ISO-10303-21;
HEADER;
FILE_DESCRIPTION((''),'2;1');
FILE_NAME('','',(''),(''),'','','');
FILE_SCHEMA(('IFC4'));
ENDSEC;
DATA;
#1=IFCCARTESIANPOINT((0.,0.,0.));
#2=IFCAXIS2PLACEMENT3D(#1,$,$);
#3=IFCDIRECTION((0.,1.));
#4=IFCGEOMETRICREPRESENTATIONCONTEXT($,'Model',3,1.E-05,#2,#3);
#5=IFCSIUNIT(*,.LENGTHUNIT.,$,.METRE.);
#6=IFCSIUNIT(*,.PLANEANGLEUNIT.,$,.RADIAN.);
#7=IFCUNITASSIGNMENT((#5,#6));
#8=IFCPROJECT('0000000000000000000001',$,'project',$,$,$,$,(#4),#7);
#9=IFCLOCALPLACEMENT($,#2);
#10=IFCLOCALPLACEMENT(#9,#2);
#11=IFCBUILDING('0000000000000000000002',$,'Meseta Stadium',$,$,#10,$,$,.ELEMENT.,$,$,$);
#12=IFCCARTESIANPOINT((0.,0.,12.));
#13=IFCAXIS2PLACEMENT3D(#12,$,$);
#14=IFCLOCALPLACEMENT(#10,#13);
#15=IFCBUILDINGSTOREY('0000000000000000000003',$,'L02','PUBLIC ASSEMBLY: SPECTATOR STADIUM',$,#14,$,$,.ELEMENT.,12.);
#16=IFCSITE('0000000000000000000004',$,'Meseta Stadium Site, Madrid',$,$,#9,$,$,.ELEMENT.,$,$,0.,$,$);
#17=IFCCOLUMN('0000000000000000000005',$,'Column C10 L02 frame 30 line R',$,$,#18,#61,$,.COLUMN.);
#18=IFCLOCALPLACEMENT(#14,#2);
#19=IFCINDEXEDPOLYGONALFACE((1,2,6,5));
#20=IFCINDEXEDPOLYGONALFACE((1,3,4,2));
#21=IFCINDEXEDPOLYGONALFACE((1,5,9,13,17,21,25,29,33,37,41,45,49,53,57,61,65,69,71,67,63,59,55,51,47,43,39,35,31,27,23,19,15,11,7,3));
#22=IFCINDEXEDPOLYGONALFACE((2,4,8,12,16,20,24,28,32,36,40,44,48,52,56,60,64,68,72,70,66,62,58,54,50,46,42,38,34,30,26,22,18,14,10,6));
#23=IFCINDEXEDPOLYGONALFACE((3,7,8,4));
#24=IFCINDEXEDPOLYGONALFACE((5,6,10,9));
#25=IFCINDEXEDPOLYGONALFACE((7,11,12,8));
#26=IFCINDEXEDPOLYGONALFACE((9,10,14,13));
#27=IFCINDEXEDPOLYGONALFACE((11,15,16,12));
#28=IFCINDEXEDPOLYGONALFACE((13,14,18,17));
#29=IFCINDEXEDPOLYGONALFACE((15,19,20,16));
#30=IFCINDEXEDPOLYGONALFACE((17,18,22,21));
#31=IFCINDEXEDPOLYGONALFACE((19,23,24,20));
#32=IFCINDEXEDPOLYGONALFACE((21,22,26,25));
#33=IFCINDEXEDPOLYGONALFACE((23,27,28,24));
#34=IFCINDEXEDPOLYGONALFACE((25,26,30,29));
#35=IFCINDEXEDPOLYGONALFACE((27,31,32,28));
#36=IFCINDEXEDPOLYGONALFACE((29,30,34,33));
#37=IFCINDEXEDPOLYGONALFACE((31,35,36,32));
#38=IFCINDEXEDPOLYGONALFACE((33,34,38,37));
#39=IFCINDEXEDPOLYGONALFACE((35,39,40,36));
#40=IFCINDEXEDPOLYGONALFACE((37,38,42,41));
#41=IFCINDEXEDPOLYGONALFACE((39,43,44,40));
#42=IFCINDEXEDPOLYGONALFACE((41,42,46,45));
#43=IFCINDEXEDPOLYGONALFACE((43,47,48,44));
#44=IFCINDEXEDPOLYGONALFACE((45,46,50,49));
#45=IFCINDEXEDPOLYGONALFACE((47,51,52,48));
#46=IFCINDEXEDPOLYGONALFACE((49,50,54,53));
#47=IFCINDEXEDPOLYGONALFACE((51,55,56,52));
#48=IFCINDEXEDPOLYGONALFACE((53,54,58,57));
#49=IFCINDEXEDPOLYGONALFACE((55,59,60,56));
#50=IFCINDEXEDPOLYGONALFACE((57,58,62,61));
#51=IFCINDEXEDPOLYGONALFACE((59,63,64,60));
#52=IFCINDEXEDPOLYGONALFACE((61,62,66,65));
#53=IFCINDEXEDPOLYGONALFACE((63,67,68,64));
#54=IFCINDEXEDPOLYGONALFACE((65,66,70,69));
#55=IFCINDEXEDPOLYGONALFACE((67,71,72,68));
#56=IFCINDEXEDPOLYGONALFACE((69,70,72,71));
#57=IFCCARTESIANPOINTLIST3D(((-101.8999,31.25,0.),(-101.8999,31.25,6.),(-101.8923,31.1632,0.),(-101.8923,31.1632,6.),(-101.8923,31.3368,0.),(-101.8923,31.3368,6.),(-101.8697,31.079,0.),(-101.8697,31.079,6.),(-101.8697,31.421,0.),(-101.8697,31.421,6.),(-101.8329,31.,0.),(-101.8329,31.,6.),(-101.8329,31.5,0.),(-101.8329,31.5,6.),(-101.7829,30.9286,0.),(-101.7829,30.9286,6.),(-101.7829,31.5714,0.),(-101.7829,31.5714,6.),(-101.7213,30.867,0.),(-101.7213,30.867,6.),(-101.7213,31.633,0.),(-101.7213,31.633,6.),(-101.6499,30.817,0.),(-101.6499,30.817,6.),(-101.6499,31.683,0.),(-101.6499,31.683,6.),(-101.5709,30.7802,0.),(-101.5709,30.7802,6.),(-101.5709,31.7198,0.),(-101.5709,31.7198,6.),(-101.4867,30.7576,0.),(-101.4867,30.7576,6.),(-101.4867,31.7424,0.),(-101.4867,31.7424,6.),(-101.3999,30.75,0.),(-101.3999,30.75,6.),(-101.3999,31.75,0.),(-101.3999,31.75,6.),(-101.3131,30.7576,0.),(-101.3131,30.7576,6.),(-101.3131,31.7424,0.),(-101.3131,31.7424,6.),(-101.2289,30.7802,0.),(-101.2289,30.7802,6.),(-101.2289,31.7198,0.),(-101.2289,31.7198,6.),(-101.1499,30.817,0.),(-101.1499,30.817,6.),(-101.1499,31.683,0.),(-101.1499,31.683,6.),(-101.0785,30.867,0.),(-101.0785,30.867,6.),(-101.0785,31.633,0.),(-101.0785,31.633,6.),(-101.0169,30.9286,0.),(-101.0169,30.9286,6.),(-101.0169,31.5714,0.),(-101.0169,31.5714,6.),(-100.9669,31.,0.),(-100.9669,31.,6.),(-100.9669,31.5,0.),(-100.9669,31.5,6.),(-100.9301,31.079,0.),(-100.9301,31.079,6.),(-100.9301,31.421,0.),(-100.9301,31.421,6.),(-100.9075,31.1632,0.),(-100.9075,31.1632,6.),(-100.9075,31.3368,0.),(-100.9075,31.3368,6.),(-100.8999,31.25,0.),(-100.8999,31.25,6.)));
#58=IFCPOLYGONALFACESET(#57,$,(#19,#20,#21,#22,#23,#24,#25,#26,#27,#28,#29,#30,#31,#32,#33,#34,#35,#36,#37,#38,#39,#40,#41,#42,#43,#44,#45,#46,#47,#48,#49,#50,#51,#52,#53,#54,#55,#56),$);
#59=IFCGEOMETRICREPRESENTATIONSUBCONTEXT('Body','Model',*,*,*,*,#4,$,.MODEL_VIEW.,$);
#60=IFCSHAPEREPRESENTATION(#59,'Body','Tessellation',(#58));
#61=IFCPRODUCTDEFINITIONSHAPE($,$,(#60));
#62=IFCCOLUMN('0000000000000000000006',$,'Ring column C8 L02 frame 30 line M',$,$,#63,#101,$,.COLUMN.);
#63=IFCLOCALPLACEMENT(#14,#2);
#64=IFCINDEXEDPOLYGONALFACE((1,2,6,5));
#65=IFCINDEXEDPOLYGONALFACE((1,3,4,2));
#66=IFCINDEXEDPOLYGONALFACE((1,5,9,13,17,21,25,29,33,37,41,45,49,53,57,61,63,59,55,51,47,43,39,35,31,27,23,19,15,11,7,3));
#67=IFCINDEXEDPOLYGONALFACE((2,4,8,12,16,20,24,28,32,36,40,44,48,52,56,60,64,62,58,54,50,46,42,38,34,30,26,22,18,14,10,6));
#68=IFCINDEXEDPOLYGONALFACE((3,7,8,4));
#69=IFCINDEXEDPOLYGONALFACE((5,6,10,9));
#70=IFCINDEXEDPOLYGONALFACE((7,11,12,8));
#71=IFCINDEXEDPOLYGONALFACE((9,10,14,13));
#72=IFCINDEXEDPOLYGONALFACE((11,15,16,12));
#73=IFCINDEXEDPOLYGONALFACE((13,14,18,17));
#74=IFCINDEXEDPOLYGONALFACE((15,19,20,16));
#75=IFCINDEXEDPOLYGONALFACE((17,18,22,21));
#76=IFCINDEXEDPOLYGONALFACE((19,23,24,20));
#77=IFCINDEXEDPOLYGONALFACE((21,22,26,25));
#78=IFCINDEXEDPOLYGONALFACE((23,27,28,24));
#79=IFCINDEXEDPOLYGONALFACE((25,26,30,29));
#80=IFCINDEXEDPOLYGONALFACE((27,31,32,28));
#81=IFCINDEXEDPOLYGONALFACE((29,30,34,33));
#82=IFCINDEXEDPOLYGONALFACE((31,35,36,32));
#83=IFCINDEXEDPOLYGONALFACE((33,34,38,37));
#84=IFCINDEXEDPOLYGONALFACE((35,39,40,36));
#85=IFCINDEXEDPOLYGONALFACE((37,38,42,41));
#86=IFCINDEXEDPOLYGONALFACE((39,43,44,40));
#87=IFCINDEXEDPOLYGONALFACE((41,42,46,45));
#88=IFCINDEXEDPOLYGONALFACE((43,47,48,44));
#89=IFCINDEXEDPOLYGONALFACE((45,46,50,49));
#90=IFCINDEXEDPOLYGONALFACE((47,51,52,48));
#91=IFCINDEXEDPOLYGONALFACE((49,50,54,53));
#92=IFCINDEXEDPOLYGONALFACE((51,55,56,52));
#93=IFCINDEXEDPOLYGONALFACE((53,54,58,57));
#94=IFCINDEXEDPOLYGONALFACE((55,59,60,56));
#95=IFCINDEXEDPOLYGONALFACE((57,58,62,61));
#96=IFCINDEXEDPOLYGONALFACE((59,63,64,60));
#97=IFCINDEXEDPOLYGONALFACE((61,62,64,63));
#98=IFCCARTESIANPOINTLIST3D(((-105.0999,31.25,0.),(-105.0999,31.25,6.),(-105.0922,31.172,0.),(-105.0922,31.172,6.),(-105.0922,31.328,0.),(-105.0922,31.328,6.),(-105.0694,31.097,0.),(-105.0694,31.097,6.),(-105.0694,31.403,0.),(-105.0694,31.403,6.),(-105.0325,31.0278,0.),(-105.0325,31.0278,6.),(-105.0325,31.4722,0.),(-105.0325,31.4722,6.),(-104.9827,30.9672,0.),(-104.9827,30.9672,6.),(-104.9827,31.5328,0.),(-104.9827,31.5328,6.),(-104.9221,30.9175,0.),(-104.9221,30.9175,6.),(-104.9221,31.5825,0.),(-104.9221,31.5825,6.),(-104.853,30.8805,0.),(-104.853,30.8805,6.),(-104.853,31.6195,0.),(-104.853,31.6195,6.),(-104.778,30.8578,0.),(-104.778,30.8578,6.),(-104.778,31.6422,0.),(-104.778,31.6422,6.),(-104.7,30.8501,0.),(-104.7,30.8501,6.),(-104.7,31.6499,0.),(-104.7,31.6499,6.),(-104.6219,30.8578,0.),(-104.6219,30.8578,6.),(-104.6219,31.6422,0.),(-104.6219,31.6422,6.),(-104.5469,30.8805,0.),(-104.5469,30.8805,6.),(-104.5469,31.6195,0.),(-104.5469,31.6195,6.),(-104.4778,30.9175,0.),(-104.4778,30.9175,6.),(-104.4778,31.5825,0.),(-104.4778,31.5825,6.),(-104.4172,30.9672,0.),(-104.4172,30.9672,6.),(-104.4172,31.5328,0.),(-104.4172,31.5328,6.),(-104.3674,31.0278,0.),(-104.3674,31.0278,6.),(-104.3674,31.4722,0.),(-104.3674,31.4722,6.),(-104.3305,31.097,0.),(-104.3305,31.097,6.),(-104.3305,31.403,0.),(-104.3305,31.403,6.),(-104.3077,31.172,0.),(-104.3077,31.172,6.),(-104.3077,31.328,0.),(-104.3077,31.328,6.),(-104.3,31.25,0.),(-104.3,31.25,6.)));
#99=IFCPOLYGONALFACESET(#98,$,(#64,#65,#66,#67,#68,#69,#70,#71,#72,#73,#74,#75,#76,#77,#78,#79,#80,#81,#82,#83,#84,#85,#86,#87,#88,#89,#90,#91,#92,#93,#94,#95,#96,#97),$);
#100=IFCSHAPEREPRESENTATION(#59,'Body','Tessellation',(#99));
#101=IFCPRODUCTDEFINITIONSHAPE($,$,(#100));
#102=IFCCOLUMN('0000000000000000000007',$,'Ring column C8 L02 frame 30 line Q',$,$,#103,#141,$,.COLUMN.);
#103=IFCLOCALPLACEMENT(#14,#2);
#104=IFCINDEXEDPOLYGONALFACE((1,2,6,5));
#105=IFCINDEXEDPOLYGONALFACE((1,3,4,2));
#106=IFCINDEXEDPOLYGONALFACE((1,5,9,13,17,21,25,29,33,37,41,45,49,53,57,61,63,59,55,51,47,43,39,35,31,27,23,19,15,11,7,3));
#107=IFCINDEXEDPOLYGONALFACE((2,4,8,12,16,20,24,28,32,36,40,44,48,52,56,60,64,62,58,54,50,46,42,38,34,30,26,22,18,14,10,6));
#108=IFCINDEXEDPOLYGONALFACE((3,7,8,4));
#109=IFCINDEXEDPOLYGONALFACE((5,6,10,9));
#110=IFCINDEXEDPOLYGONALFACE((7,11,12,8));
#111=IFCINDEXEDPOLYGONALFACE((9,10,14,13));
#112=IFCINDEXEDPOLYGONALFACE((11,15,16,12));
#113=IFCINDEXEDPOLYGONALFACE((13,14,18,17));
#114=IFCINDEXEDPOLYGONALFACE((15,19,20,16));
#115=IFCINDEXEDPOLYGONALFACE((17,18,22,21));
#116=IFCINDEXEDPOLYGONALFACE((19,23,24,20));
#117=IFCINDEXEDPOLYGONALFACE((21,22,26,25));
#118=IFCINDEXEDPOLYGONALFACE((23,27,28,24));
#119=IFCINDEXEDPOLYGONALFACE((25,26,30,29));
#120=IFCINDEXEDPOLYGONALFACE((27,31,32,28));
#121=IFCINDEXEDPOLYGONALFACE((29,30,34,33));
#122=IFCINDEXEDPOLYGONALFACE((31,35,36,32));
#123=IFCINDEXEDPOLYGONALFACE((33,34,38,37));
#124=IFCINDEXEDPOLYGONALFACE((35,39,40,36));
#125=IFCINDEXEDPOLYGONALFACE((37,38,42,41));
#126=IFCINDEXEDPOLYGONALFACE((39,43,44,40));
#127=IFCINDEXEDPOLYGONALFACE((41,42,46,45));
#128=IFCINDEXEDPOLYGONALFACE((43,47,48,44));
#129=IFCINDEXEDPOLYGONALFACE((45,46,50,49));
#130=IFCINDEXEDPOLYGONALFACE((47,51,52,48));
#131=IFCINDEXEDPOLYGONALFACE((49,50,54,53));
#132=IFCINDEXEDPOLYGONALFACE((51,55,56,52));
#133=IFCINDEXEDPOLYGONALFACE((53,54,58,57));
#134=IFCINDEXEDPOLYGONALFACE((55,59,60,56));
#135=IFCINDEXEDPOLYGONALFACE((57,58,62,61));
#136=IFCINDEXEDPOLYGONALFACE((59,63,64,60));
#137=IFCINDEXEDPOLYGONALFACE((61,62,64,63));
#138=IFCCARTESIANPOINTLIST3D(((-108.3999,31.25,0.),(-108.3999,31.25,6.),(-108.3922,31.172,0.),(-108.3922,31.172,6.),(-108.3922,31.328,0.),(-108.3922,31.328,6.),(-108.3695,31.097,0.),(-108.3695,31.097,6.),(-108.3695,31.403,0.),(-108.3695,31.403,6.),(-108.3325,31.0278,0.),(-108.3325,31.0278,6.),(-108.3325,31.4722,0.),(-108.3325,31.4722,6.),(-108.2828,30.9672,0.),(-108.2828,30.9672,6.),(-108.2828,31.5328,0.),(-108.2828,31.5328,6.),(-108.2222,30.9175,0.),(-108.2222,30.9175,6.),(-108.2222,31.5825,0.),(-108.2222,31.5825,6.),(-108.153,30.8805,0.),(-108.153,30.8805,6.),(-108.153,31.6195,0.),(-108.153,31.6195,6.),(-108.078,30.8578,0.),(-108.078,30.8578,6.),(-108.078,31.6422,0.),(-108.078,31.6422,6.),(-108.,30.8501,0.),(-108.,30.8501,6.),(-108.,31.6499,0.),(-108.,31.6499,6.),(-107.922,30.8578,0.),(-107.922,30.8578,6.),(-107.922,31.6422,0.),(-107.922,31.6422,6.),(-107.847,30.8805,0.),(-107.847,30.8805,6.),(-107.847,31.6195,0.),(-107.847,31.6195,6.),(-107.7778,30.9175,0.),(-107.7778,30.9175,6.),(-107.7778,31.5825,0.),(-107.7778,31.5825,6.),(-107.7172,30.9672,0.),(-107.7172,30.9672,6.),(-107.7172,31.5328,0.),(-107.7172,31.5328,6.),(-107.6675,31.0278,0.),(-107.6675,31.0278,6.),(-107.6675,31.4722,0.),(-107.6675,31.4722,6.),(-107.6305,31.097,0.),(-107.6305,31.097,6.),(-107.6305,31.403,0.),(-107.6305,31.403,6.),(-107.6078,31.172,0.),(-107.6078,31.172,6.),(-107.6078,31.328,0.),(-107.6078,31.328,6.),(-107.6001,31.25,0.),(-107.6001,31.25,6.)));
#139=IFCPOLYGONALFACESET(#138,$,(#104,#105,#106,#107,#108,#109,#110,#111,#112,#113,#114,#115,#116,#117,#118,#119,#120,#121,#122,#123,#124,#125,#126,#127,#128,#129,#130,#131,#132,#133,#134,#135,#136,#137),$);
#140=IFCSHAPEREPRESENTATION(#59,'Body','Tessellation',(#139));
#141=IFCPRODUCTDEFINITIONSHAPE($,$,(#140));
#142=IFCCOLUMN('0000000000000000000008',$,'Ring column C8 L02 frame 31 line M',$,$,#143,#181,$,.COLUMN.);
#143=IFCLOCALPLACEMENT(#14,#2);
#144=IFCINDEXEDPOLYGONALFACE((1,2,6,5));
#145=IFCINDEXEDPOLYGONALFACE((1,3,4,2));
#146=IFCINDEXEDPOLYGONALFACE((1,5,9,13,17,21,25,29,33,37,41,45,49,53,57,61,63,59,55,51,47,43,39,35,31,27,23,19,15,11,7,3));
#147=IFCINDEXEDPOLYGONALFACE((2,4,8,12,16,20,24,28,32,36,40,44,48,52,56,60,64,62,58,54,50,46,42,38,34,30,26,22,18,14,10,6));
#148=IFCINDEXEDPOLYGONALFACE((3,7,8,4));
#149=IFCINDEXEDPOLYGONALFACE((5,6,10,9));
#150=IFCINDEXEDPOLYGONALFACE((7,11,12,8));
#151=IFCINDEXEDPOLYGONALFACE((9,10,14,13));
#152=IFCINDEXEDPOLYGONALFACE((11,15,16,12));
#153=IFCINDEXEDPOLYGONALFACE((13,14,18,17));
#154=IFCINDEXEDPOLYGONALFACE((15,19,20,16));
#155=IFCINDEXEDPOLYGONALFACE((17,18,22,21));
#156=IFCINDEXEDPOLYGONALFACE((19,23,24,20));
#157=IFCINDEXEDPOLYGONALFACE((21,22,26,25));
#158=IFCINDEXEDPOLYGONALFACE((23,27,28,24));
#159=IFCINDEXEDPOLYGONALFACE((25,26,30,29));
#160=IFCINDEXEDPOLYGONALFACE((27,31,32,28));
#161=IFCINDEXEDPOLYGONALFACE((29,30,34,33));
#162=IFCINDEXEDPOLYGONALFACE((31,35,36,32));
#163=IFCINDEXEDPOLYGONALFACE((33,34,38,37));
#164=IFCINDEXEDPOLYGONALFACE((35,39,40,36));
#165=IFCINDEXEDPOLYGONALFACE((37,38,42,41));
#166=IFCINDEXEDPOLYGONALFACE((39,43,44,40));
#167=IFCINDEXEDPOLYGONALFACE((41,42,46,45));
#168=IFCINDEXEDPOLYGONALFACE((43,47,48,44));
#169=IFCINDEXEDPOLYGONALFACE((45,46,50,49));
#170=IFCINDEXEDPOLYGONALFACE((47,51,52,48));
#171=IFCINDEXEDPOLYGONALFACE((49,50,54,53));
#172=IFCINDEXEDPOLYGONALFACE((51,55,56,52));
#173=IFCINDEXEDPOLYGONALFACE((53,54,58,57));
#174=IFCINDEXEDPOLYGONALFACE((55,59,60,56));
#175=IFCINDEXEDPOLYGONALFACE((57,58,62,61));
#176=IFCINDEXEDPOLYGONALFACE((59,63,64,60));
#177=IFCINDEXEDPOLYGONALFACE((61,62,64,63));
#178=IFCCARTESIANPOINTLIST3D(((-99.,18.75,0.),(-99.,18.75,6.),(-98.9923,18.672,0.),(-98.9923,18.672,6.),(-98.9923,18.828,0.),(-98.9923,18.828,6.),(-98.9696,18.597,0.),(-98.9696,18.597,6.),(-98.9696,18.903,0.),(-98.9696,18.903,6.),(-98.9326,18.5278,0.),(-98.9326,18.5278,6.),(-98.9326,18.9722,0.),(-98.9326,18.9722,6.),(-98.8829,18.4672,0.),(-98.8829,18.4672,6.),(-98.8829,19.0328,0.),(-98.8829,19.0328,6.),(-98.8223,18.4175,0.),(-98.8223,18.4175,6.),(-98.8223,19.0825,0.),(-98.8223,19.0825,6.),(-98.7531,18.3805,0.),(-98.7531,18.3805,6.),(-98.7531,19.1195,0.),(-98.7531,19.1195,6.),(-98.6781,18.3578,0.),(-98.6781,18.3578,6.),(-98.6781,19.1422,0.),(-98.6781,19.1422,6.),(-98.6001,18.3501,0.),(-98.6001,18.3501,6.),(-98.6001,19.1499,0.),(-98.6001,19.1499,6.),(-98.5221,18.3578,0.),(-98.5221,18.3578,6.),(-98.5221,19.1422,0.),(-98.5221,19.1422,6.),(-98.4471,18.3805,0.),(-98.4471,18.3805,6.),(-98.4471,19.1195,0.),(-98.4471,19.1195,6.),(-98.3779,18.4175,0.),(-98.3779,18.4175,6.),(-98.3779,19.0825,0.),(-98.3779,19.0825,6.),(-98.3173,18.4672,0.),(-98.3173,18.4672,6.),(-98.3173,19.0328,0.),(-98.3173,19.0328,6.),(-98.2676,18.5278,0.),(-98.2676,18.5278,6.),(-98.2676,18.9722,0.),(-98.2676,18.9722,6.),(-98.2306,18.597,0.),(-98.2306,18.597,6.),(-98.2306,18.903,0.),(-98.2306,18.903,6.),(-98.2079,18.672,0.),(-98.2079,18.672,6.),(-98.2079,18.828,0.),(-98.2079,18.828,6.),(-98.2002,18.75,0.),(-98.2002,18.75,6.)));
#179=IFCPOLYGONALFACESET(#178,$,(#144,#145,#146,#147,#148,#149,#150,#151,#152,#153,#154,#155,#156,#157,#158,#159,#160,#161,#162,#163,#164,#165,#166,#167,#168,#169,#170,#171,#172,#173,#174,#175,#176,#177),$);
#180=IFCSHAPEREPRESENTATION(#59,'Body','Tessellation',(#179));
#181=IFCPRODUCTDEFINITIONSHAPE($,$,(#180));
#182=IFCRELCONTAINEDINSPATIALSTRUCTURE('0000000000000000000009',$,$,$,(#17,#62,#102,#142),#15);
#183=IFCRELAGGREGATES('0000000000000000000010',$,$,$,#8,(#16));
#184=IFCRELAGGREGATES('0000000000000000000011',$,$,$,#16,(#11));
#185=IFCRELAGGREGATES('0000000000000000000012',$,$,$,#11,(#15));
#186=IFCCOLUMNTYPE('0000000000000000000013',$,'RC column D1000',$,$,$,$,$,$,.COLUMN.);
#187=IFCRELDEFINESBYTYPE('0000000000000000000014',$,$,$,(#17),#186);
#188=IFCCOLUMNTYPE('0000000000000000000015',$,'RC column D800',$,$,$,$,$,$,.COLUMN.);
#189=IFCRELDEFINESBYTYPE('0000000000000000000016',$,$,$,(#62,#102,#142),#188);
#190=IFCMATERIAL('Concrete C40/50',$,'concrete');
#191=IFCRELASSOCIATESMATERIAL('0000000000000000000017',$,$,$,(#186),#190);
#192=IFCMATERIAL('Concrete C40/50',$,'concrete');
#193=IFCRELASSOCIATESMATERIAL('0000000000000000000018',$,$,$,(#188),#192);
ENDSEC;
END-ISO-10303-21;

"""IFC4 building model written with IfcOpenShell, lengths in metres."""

from ifc_helpers import new_model, si_unit, direction, frame, origin, origin_2d, place, context, subcontext, project, spatial, circle, extrude, material, material_profile, profile_set, type_object, element, save


model = new_model("IFC4")

# Units and contexts
model_context = context("Model", 3, precision=1e-05, world=origin(), true_north=direction((0.0, 1.0)))
body_context = subcontext(model_context, "Body", "Model", "MODEL_VIEW")
ifc_project = project(units=[si_unit("LENGTHUNIT", "METRE"), si_unit("PLANEANGLEUNIT", "RADIAN")], contexts=[model_context])

# Site, building, storey
site_placement = place(None, origin())
site = spatial("IfcSite", under=ifc_project, at=site_placement, Name="Meseta Stadium Site, Madrid", CompositionType="ELEMENT", RefElevation=0.0)
building_placement = place(site_placement, origin())
building = spatial("IfcBuilding", under=site, at=building_placement, Name="Meseta Stadium", CompositionType="ELEMENT")
storey_placement = place(building_placement, frame((0.0, 0.0, 12.0)))
storey = spatial("IfcBuildingStorey", under=building, at=storey_placement, Name="L02", Description="PUBLIC ASSEMBLY: SPECTATOR STADIUM", CompositionType="ELEMENT", Elevation=12.0)

# Columns
ifc_material_1 = material(Name="Concrete C40/50", Category="concrete")
ifc_material_profile_1 = material_profile(ifc_material_1, circle(Radius=0.5, at=origin_2d()), Name="RC D1000")
ifc_profile_set_1 = profile_set([ifc_material_profile_1], Name="Concrete C40/50")
column_type_1 = type_object("IfcColumnType", Name="RC column D1000", PredefinedType="COLUMN", material=ifc_profile_set_1)
column_placement = place(storey_placement, frame((-101.3999, 31.25, 0.0), z_axis=(0.0, 0.0, 1.0), x_axis=(1.0, 0.0, 0.0)))
element("IfcColumn", 1, at=column_placement, inside=storey, type_object=column_type_1, Name="Column C10 L02 frame 30 line R", PredefinedType="COLUMN", context=body_context, shape_type="SweptSolid", body=[
    extrude(circle(Radius=0.5, at=origin_2d()), origin(), (0.0, 0.0, 1.0), 6.0),
])
ifc_material_2 = material(Name="Concrete C40/50", Category="concrete")
ifc_material_profile_2 = material_profile(ifc_material_2, circle(Radius=0.3999, at=origin_2d()), Name="RC D800")
ifc_profile_set_2 = profile_set([ifc_material_profile_2], Name="Concrete C40/50")
column_type_2 = type_object("IfcColumnType", Name="RC column D800", PredefinedType="COLUMN", material=ifc_profile_set_2)
for number, where, z_axis, x_axis, name in (
    (2, (-104.7, 31.25, 0.0), (0.0, 0.0, 1.0), (1.0, 0.0, 0.0), "Ring column C8 L02 frame 30 line M"),
    (3, (-108.0, 31.25, 0.0), (0.0, 0.0, 1.0), (1.0, 0.0, 0.0), "Ring column C8 L02 frame 30 line Q"),
    (4, (-98.6001, 18.75, 0.0), (0.0, 0.0, 1.0), (1.0, 0.0, 0.0), "Ring column C8 L02 frame 31 line M"),
):
    element("IfcColumn", number, at=place(storey_placement, frame(where, z_axis=z_axis, x_axis=x_axis)), inside=storey, type_object=column_type_2, Name=name, PredefinedType="COLUMN", context=body_context, shape_type="SweptSolid", body=[
        extrude(circle(Radius=0.3999, at=origin_2d()), origin(), (0.0, 0.0, 1.0), 6.0),
    ])

save(model, "model.ifc")
